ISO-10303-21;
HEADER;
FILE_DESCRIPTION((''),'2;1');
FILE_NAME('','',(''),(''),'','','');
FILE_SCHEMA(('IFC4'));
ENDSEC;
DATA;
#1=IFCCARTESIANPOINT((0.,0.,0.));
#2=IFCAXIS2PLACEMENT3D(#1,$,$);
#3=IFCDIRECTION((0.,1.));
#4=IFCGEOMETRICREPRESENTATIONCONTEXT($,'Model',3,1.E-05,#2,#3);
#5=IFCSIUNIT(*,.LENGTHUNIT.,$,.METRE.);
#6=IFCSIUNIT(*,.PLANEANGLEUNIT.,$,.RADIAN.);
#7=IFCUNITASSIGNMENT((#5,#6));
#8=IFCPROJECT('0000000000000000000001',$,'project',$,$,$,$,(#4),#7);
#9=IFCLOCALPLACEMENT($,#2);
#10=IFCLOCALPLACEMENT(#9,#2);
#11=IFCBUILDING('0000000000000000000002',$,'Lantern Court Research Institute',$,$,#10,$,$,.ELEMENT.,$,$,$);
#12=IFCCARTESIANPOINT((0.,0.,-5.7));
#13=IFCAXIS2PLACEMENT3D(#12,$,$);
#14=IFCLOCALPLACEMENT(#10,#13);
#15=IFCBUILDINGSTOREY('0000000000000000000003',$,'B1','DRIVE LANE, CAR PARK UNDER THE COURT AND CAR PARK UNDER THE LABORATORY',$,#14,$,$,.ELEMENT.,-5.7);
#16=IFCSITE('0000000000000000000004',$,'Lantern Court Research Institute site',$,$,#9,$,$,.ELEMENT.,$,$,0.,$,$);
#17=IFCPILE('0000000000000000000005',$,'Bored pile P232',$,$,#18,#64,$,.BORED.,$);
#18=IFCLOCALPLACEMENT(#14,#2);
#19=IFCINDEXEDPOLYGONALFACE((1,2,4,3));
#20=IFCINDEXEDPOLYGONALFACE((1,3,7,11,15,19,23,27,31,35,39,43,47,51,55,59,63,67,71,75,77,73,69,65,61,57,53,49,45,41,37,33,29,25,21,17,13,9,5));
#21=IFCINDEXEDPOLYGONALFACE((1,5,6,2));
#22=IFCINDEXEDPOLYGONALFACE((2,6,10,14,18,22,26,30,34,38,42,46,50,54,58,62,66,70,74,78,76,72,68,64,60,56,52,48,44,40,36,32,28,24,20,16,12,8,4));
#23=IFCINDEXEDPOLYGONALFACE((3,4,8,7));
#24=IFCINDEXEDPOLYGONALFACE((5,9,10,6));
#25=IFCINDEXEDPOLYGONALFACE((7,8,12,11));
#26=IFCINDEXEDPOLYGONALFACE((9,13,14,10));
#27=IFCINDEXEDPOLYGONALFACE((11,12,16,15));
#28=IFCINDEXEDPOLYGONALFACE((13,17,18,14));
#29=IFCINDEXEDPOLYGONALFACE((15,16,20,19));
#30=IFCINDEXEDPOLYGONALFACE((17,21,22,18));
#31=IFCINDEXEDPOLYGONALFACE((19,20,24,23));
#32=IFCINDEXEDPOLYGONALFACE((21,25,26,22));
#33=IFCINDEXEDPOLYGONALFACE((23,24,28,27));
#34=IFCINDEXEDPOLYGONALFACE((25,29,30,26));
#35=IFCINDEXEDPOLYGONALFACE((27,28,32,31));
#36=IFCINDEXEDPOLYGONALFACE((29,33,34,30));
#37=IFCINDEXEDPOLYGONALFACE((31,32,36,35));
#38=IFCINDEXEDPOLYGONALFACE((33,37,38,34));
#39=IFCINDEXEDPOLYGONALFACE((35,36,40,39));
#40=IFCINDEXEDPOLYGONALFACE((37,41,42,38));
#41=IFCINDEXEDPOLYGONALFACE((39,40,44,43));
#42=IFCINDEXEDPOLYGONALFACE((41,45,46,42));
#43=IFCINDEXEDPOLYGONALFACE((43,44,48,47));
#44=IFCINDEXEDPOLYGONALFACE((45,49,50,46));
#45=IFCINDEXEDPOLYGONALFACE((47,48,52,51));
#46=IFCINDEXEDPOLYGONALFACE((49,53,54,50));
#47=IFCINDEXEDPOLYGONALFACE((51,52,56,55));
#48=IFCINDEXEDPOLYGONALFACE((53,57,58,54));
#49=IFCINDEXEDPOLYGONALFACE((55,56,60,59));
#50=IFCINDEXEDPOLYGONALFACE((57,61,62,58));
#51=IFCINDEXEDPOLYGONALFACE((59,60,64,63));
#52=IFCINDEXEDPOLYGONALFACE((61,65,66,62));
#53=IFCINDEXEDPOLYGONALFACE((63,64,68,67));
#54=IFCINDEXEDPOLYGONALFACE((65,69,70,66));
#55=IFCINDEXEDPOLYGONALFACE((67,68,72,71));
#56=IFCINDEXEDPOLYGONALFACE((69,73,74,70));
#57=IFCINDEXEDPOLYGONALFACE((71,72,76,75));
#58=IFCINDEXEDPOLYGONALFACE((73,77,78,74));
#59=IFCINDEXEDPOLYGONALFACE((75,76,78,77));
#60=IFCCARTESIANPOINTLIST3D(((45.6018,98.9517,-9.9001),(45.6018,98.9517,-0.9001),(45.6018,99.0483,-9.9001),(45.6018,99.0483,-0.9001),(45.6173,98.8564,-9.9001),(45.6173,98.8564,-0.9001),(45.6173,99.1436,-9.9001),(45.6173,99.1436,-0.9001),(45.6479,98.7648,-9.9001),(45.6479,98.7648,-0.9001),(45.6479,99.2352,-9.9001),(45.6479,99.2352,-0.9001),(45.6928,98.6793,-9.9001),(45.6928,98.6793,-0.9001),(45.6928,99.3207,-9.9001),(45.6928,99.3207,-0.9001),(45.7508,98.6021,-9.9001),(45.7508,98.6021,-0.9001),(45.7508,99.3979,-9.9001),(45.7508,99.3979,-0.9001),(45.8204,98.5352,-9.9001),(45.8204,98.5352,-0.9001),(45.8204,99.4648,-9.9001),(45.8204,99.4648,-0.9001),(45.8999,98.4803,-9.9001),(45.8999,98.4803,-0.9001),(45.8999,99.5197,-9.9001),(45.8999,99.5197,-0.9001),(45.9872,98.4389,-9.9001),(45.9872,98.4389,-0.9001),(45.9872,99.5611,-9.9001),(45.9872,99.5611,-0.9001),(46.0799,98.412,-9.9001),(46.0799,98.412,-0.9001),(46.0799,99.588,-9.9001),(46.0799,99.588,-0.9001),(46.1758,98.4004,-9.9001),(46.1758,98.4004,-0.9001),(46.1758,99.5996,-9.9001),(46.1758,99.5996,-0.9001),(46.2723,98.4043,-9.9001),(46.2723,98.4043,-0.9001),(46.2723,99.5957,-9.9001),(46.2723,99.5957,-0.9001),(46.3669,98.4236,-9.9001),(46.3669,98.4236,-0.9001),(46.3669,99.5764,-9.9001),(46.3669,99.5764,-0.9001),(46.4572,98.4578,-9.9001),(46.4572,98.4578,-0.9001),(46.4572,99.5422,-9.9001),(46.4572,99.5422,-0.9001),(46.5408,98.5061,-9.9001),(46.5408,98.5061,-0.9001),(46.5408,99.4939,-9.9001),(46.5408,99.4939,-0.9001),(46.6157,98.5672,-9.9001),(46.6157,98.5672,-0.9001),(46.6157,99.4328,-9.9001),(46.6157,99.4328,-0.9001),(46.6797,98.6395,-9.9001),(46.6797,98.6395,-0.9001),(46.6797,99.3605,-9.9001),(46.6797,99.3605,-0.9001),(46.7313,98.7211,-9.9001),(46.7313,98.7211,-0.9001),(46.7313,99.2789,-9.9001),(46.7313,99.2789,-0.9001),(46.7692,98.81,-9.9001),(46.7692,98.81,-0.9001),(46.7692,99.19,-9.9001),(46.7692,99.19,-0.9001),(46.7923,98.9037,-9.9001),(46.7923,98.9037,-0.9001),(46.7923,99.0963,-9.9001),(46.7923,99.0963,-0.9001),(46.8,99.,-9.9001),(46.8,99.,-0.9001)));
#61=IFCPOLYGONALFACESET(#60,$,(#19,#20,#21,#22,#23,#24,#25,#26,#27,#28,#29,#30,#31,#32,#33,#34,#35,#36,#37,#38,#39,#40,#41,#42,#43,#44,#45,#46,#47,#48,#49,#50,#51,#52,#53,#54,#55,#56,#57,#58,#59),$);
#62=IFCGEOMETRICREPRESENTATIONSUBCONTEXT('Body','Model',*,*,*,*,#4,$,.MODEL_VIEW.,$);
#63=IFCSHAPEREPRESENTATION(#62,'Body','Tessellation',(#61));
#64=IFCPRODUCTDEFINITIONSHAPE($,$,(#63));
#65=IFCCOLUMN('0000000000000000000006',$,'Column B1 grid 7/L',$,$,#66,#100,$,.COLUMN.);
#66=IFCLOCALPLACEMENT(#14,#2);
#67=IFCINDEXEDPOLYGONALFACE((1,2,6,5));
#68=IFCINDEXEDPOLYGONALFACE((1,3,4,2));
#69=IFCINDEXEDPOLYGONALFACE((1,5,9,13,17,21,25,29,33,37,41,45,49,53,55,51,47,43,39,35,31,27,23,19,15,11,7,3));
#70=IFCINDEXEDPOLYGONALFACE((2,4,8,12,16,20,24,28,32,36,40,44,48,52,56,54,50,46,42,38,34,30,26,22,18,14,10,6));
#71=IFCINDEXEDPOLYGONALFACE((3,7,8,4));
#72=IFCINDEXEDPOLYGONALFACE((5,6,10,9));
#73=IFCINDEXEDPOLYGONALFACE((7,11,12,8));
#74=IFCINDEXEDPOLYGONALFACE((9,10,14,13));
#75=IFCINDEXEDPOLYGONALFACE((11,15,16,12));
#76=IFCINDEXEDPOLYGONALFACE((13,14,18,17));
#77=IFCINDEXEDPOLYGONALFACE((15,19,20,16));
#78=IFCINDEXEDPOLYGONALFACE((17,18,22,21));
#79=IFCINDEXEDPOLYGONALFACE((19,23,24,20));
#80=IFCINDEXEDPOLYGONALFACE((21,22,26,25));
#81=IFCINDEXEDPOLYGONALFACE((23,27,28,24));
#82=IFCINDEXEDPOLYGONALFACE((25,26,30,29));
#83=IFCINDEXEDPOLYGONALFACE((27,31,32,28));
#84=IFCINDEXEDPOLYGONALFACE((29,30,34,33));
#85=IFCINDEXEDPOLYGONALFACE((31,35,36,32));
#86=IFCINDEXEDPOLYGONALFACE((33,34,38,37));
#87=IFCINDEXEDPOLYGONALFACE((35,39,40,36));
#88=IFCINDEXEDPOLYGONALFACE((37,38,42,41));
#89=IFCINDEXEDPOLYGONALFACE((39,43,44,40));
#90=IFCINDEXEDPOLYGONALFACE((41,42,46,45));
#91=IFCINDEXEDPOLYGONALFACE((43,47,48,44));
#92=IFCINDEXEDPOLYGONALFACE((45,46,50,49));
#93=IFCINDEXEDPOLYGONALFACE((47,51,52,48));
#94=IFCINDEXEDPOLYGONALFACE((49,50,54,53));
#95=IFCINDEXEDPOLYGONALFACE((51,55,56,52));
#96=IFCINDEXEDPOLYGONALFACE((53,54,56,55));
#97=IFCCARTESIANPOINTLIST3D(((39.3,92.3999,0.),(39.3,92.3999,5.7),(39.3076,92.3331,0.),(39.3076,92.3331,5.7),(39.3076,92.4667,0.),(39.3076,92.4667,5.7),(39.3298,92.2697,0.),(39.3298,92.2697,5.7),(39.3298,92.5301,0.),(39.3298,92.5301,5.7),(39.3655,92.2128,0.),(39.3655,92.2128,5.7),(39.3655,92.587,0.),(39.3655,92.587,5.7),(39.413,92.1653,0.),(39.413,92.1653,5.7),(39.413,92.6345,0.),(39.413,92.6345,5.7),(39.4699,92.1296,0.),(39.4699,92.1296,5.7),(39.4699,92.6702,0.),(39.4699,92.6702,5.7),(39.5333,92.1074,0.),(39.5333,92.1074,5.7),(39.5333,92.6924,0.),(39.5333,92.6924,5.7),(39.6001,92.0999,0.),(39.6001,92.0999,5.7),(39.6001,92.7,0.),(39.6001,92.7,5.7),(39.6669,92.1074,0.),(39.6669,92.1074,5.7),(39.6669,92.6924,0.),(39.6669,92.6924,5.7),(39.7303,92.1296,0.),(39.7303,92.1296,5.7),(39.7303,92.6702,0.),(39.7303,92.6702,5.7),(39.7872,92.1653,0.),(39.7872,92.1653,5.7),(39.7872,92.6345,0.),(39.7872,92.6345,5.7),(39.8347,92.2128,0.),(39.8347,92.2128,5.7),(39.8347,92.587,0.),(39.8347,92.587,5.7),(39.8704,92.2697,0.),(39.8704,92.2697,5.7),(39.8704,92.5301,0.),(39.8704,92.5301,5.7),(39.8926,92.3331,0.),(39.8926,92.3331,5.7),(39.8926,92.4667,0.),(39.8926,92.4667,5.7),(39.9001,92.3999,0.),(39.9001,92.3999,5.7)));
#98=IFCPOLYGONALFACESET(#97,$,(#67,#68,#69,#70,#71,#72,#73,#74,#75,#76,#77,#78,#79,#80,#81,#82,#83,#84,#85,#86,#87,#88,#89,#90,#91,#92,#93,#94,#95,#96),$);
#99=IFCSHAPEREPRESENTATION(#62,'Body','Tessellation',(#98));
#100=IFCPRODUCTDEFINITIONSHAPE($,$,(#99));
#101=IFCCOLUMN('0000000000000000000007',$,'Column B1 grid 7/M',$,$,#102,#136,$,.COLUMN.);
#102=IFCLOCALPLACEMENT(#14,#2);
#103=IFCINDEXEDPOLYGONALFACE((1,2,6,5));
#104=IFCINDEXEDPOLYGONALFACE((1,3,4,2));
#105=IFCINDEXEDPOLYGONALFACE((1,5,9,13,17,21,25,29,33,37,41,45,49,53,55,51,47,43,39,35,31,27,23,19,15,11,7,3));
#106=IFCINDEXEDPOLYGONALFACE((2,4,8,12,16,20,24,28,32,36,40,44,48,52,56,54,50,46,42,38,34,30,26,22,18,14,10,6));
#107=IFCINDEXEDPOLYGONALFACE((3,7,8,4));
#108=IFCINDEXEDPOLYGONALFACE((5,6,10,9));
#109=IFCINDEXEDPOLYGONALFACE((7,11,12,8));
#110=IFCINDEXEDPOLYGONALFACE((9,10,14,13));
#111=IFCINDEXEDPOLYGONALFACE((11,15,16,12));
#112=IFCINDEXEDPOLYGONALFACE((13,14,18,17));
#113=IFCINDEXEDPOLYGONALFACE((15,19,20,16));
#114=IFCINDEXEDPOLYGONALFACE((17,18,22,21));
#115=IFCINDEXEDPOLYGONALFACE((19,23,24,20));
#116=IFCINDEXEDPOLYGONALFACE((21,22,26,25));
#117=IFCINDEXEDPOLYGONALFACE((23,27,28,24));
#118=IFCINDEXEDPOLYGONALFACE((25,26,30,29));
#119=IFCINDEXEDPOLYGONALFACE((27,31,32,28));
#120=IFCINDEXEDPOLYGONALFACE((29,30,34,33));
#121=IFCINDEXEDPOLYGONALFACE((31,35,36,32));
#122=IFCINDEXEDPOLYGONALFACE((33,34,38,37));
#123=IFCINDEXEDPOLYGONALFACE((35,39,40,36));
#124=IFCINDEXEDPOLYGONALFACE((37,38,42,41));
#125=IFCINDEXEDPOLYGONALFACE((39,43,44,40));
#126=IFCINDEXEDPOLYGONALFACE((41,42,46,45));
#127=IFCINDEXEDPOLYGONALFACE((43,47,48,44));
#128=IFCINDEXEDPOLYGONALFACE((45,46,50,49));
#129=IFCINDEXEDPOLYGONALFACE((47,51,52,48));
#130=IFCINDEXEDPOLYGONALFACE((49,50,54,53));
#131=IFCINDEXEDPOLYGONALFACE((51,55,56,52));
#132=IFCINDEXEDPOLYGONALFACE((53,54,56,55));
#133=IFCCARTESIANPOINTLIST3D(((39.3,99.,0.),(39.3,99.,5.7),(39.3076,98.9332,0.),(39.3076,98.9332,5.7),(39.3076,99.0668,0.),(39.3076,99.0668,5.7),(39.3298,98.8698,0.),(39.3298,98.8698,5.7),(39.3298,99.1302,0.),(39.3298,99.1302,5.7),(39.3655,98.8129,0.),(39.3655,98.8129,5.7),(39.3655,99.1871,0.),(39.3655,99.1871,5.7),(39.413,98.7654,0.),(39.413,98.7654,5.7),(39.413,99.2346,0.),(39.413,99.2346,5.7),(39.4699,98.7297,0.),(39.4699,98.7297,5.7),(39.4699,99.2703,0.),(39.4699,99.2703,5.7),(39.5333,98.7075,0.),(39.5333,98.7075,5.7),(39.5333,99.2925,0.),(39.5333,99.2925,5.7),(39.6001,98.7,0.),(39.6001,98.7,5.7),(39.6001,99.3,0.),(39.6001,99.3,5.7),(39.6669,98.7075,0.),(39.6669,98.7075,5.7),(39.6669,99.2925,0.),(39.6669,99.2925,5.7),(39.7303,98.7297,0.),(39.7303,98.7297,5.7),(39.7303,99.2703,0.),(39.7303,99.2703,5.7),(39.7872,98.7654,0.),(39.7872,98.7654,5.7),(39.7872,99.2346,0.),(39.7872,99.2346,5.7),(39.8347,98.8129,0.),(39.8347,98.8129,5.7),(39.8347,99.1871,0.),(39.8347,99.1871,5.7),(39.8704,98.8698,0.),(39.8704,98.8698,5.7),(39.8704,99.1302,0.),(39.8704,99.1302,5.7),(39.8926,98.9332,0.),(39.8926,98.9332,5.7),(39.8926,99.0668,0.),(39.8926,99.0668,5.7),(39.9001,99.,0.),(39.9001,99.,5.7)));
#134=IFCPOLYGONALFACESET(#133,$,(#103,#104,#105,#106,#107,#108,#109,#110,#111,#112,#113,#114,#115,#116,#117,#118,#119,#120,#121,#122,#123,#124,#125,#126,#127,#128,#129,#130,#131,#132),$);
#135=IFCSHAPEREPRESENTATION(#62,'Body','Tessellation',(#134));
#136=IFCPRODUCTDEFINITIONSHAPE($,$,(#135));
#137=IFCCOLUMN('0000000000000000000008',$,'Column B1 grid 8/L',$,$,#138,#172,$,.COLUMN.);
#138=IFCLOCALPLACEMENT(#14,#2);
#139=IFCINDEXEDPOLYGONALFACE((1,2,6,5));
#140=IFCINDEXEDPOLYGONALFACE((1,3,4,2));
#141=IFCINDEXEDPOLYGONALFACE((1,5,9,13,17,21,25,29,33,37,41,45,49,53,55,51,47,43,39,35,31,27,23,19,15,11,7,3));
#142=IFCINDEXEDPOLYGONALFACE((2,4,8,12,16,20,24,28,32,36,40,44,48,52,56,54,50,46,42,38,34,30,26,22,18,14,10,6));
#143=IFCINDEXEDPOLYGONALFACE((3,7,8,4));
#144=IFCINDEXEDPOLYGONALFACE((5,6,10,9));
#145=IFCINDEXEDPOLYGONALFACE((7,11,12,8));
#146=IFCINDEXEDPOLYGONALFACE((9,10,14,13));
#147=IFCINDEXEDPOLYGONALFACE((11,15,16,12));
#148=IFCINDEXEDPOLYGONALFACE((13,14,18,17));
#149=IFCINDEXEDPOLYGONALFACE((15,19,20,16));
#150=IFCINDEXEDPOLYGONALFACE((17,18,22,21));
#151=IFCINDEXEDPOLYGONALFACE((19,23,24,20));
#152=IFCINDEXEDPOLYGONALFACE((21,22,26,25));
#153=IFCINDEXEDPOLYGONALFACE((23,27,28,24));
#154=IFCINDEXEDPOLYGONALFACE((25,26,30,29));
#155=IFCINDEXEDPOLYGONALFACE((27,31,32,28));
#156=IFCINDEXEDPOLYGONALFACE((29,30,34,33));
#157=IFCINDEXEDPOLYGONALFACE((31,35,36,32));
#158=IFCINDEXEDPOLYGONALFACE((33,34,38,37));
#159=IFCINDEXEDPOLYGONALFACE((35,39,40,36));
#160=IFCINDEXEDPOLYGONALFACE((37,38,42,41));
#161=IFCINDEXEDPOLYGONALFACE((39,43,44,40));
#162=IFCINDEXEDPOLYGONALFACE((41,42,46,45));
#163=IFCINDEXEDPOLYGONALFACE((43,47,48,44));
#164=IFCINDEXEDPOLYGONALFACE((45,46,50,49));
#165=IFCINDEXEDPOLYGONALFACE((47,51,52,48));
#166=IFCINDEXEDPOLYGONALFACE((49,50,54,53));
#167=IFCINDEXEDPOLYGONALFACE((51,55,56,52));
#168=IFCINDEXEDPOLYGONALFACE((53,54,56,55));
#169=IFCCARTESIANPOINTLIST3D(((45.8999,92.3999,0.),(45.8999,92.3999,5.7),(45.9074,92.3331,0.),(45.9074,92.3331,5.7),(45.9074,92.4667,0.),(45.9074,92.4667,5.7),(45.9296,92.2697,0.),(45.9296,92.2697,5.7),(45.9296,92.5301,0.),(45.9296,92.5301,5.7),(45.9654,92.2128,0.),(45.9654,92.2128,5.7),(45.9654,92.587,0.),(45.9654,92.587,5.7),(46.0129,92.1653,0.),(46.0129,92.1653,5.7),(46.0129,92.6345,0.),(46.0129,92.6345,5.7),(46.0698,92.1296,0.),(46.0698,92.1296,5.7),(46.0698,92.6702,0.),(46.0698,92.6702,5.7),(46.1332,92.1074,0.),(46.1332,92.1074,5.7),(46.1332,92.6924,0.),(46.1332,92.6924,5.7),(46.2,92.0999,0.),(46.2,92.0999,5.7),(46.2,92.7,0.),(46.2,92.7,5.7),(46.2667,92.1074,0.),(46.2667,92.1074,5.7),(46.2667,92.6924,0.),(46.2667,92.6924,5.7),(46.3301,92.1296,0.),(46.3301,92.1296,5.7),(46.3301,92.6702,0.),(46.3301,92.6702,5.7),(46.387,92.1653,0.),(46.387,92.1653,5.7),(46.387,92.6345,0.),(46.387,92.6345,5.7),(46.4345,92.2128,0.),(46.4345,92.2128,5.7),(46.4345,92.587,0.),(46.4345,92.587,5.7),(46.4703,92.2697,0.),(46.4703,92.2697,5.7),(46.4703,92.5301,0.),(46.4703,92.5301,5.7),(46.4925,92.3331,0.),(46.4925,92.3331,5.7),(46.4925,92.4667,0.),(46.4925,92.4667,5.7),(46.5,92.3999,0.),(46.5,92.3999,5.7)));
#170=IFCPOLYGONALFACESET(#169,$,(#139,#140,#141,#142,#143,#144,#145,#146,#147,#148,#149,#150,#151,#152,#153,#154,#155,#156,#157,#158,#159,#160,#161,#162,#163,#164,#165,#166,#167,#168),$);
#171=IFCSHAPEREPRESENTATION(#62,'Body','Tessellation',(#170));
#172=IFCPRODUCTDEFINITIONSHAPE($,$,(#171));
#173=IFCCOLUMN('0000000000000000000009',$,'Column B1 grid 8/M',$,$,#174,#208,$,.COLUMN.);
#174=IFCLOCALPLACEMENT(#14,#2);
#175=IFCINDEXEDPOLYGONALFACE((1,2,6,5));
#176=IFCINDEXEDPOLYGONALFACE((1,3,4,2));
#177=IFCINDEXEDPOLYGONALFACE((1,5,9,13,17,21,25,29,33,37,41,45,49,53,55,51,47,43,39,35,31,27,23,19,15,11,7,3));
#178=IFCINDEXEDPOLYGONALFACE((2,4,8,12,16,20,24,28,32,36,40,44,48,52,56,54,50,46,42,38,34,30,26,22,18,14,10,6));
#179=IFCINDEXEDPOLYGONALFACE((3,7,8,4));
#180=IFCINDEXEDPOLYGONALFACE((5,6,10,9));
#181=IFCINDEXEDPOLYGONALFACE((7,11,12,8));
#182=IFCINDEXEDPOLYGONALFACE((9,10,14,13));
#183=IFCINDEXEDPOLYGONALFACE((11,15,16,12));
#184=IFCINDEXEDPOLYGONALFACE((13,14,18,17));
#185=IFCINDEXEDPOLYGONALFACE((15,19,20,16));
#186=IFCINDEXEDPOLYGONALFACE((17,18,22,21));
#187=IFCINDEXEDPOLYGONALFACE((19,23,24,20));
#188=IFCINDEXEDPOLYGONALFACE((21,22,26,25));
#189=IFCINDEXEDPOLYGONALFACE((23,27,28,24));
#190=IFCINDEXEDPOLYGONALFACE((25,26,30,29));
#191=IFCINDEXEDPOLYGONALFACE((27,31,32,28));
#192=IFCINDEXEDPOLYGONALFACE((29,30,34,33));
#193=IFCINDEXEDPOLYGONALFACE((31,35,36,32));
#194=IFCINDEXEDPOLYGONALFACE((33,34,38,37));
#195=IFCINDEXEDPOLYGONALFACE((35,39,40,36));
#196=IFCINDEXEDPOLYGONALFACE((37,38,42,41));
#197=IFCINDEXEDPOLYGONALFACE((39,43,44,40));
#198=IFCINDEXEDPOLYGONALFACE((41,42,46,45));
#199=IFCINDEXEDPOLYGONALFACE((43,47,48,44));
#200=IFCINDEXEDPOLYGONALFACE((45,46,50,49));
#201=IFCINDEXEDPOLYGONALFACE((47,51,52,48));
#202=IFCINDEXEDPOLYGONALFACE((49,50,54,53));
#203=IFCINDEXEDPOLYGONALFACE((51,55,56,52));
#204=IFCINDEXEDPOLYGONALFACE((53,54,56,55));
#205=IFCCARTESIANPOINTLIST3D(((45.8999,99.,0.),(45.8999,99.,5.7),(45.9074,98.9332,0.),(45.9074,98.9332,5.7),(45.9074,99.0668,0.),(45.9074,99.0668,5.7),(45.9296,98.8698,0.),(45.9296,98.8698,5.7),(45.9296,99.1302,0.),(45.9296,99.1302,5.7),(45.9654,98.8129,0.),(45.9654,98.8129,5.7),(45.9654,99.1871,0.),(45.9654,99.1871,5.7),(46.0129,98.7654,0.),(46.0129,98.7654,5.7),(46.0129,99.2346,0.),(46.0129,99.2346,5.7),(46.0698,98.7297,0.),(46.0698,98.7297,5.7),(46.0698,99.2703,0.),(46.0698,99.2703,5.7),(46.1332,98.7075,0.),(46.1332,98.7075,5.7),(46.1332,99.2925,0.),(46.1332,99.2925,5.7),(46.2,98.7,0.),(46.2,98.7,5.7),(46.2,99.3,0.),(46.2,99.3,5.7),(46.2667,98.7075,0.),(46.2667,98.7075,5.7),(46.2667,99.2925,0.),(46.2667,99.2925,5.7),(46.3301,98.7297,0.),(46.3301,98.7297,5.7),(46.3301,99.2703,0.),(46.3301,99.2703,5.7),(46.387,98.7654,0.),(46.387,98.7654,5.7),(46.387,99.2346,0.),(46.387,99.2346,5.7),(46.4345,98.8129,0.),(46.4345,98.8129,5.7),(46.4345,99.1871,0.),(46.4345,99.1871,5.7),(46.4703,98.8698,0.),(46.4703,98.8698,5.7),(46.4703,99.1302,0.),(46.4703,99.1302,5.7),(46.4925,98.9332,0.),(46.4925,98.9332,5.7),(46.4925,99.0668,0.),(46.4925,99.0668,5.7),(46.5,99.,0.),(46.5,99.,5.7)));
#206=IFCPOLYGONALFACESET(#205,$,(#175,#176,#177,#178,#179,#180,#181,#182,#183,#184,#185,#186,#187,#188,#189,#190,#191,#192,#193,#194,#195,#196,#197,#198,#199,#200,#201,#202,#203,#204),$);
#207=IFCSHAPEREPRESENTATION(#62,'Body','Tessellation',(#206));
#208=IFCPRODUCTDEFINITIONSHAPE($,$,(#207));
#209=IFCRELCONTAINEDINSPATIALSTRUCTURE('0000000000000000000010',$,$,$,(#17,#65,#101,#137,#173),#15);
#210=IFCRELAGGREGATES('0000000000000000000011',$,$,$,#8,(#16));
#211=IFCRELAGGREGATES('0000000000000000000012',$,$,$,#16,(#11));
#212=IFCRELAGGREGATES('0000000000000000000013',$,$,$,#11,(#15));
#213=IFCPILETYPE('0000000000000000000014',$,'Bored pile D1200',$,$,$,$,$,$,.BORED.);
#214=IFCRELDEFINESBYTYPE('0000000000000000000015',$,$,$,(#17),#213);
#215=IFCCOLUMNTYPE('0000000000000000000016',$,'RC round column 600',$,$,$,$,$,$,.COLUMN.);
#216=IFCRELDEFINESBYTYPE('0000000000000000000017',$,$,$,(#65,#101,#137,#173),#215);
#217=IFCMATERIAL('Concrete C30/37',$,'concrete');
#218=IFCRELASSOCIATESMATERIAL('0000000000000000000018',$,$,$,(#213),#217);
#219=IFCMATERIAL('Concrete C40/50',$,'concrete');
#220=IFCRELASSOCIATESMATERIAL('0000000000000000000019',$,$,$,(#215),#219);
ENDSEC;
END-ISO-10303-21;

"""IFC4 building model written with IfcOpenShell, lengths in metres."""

from ifc_helpers import new_model, si_unit, direction, frame, origin, origin_2d, place, context, subcontext, project, spatial, circle, extrude, material, material_profile, profile_set, type_object, element, save


model = new_model("IFC4")

# Units and contexts
model_context = context("Model", 3, precision=1e-05, world=origin(), true_north=direction((0.0, 1.0)))
body_context = subcontext(model_context, "Body", "Model", "MODEL_VIEW")
ifc_project = project(units=[si_unit("LENGTHUNIT", "METRE"), si_unit("PLANEANGLEUNIT", "RADIAN")], contexts=[model_context])

# Site, building, storey
site_placement = place(None, origin())
site = spatial("IfcSite", under=ifc_project, at=site_placement, Name="Lantern Court Research Institute site", CompositionType="ELEMENT", RefElevation=0.0)
building_placement = place(site_placement, origin())
building = spatial("IfcBuilding", under=site, at=building_placement, Name="Lantern Court Research Institute", CompositionType="ELEMENT")
storey_placement = place(building_placement, frame((0.0, 0.0, -5.7)))
storey = spatial("IfcBuildingStorey", under=building, at=storey_placement, Name="B1", Description="DRIVE LANE, CAR PARK UNDER THE COURT AND CAR PARK UNDER THE LABORATORY", CompositionType="ELEMENT", Elevation=-5.7)

# Pile
ifc_material_1 = material(Name="Concrete C30/37", Category="concrete")
ifc_material_profile_1 = material_profile(ifc_material_1, circle(Radius=0.6001, at=origin_2d()), Name="Bored pile D1200")
ifc_profile_set_1 = profile_set([ifc_material_profile_1], Name="Concrete C30/37")
pile_type_1 = type_object("IfcPileType", Name="Bored pile D1200", PredefinedType="BORED", material=ifc_profile_set_1)
for number, where, z_axis, x_axis, name in (
    (1, (46.2, 99.0, -0.9001), (0.0, 0.0, -1.0), (1.0, 0.0, 0.0), "Bored pile P232"),
):
    element("IfcPile", number, at=place(storey_placement, frame(where, z_axis=z_axis, x_axis=x_axis)), inside=storey, type_object=pile_type_1, Name=name, PredefinedType="BORED", context=body_context, shape_type="SweptSolid", body=[
        extrude(circle(Radius=0.6001, at=origin_2d()), origin(), (0.0, 0.0, 1.0), 9.0),
    ])

# Columns
ifc_material_2 = material(Name="Concrete C40/50", Category="concrete")
ifc_material_profile_2 = material_profile(ifc_material_2, circle(Radius=0.3, at=origin_2d()), Name="RC round column 600")
ifc_profile_set_2 = profile_set([ifc_material_profile_2], Name="Concrete C40/50")
column_type = type_object("IfcColumnType", Name="RC round column 600", PredefinedType="COLUMN", material=ifc_profile_set_2)
for number, where, z_axis, x_axis, name in (
    (2, (39.6001, 92.3999, 0.0), (0.0, 0.0, 1.0), (1.0, 0.0, 0.0), "Column B1 grid 7/L"),
    (3, (39.6001, 99.0, 0.0), (0.0, 0.0, 1.0), (1.0, 0.0, 0.0), "Column B1 grid 7/M"),
    (4, (46.2, 92.3999, 0.0), (0.0, 0.0, 1.0), (1.0, 0.0, 0.0), "Column B1 grid 8/L"),
    (5, (46.2, 99.0, 0.0), (0.0, 0.0, 1.0), (1.0, 0.0, 0.0), "Column B1 grid 8/M"),
):
    element("IfcColumn", number, at=place(storey_placement, frame(where, z_axis=z_axis, x_axis=x_axis)), inside=storey, type_object=column_type, Name=name, PredefinedType="COLUMN", context=body_context, shape_type="SweptSolid", body=[
        extrude(circle(Radius=0.3, at=origin_2d()), origin(), (0.0, 0.0, 1.0), 5.7),
    ])

save(model, "model.ifc")
